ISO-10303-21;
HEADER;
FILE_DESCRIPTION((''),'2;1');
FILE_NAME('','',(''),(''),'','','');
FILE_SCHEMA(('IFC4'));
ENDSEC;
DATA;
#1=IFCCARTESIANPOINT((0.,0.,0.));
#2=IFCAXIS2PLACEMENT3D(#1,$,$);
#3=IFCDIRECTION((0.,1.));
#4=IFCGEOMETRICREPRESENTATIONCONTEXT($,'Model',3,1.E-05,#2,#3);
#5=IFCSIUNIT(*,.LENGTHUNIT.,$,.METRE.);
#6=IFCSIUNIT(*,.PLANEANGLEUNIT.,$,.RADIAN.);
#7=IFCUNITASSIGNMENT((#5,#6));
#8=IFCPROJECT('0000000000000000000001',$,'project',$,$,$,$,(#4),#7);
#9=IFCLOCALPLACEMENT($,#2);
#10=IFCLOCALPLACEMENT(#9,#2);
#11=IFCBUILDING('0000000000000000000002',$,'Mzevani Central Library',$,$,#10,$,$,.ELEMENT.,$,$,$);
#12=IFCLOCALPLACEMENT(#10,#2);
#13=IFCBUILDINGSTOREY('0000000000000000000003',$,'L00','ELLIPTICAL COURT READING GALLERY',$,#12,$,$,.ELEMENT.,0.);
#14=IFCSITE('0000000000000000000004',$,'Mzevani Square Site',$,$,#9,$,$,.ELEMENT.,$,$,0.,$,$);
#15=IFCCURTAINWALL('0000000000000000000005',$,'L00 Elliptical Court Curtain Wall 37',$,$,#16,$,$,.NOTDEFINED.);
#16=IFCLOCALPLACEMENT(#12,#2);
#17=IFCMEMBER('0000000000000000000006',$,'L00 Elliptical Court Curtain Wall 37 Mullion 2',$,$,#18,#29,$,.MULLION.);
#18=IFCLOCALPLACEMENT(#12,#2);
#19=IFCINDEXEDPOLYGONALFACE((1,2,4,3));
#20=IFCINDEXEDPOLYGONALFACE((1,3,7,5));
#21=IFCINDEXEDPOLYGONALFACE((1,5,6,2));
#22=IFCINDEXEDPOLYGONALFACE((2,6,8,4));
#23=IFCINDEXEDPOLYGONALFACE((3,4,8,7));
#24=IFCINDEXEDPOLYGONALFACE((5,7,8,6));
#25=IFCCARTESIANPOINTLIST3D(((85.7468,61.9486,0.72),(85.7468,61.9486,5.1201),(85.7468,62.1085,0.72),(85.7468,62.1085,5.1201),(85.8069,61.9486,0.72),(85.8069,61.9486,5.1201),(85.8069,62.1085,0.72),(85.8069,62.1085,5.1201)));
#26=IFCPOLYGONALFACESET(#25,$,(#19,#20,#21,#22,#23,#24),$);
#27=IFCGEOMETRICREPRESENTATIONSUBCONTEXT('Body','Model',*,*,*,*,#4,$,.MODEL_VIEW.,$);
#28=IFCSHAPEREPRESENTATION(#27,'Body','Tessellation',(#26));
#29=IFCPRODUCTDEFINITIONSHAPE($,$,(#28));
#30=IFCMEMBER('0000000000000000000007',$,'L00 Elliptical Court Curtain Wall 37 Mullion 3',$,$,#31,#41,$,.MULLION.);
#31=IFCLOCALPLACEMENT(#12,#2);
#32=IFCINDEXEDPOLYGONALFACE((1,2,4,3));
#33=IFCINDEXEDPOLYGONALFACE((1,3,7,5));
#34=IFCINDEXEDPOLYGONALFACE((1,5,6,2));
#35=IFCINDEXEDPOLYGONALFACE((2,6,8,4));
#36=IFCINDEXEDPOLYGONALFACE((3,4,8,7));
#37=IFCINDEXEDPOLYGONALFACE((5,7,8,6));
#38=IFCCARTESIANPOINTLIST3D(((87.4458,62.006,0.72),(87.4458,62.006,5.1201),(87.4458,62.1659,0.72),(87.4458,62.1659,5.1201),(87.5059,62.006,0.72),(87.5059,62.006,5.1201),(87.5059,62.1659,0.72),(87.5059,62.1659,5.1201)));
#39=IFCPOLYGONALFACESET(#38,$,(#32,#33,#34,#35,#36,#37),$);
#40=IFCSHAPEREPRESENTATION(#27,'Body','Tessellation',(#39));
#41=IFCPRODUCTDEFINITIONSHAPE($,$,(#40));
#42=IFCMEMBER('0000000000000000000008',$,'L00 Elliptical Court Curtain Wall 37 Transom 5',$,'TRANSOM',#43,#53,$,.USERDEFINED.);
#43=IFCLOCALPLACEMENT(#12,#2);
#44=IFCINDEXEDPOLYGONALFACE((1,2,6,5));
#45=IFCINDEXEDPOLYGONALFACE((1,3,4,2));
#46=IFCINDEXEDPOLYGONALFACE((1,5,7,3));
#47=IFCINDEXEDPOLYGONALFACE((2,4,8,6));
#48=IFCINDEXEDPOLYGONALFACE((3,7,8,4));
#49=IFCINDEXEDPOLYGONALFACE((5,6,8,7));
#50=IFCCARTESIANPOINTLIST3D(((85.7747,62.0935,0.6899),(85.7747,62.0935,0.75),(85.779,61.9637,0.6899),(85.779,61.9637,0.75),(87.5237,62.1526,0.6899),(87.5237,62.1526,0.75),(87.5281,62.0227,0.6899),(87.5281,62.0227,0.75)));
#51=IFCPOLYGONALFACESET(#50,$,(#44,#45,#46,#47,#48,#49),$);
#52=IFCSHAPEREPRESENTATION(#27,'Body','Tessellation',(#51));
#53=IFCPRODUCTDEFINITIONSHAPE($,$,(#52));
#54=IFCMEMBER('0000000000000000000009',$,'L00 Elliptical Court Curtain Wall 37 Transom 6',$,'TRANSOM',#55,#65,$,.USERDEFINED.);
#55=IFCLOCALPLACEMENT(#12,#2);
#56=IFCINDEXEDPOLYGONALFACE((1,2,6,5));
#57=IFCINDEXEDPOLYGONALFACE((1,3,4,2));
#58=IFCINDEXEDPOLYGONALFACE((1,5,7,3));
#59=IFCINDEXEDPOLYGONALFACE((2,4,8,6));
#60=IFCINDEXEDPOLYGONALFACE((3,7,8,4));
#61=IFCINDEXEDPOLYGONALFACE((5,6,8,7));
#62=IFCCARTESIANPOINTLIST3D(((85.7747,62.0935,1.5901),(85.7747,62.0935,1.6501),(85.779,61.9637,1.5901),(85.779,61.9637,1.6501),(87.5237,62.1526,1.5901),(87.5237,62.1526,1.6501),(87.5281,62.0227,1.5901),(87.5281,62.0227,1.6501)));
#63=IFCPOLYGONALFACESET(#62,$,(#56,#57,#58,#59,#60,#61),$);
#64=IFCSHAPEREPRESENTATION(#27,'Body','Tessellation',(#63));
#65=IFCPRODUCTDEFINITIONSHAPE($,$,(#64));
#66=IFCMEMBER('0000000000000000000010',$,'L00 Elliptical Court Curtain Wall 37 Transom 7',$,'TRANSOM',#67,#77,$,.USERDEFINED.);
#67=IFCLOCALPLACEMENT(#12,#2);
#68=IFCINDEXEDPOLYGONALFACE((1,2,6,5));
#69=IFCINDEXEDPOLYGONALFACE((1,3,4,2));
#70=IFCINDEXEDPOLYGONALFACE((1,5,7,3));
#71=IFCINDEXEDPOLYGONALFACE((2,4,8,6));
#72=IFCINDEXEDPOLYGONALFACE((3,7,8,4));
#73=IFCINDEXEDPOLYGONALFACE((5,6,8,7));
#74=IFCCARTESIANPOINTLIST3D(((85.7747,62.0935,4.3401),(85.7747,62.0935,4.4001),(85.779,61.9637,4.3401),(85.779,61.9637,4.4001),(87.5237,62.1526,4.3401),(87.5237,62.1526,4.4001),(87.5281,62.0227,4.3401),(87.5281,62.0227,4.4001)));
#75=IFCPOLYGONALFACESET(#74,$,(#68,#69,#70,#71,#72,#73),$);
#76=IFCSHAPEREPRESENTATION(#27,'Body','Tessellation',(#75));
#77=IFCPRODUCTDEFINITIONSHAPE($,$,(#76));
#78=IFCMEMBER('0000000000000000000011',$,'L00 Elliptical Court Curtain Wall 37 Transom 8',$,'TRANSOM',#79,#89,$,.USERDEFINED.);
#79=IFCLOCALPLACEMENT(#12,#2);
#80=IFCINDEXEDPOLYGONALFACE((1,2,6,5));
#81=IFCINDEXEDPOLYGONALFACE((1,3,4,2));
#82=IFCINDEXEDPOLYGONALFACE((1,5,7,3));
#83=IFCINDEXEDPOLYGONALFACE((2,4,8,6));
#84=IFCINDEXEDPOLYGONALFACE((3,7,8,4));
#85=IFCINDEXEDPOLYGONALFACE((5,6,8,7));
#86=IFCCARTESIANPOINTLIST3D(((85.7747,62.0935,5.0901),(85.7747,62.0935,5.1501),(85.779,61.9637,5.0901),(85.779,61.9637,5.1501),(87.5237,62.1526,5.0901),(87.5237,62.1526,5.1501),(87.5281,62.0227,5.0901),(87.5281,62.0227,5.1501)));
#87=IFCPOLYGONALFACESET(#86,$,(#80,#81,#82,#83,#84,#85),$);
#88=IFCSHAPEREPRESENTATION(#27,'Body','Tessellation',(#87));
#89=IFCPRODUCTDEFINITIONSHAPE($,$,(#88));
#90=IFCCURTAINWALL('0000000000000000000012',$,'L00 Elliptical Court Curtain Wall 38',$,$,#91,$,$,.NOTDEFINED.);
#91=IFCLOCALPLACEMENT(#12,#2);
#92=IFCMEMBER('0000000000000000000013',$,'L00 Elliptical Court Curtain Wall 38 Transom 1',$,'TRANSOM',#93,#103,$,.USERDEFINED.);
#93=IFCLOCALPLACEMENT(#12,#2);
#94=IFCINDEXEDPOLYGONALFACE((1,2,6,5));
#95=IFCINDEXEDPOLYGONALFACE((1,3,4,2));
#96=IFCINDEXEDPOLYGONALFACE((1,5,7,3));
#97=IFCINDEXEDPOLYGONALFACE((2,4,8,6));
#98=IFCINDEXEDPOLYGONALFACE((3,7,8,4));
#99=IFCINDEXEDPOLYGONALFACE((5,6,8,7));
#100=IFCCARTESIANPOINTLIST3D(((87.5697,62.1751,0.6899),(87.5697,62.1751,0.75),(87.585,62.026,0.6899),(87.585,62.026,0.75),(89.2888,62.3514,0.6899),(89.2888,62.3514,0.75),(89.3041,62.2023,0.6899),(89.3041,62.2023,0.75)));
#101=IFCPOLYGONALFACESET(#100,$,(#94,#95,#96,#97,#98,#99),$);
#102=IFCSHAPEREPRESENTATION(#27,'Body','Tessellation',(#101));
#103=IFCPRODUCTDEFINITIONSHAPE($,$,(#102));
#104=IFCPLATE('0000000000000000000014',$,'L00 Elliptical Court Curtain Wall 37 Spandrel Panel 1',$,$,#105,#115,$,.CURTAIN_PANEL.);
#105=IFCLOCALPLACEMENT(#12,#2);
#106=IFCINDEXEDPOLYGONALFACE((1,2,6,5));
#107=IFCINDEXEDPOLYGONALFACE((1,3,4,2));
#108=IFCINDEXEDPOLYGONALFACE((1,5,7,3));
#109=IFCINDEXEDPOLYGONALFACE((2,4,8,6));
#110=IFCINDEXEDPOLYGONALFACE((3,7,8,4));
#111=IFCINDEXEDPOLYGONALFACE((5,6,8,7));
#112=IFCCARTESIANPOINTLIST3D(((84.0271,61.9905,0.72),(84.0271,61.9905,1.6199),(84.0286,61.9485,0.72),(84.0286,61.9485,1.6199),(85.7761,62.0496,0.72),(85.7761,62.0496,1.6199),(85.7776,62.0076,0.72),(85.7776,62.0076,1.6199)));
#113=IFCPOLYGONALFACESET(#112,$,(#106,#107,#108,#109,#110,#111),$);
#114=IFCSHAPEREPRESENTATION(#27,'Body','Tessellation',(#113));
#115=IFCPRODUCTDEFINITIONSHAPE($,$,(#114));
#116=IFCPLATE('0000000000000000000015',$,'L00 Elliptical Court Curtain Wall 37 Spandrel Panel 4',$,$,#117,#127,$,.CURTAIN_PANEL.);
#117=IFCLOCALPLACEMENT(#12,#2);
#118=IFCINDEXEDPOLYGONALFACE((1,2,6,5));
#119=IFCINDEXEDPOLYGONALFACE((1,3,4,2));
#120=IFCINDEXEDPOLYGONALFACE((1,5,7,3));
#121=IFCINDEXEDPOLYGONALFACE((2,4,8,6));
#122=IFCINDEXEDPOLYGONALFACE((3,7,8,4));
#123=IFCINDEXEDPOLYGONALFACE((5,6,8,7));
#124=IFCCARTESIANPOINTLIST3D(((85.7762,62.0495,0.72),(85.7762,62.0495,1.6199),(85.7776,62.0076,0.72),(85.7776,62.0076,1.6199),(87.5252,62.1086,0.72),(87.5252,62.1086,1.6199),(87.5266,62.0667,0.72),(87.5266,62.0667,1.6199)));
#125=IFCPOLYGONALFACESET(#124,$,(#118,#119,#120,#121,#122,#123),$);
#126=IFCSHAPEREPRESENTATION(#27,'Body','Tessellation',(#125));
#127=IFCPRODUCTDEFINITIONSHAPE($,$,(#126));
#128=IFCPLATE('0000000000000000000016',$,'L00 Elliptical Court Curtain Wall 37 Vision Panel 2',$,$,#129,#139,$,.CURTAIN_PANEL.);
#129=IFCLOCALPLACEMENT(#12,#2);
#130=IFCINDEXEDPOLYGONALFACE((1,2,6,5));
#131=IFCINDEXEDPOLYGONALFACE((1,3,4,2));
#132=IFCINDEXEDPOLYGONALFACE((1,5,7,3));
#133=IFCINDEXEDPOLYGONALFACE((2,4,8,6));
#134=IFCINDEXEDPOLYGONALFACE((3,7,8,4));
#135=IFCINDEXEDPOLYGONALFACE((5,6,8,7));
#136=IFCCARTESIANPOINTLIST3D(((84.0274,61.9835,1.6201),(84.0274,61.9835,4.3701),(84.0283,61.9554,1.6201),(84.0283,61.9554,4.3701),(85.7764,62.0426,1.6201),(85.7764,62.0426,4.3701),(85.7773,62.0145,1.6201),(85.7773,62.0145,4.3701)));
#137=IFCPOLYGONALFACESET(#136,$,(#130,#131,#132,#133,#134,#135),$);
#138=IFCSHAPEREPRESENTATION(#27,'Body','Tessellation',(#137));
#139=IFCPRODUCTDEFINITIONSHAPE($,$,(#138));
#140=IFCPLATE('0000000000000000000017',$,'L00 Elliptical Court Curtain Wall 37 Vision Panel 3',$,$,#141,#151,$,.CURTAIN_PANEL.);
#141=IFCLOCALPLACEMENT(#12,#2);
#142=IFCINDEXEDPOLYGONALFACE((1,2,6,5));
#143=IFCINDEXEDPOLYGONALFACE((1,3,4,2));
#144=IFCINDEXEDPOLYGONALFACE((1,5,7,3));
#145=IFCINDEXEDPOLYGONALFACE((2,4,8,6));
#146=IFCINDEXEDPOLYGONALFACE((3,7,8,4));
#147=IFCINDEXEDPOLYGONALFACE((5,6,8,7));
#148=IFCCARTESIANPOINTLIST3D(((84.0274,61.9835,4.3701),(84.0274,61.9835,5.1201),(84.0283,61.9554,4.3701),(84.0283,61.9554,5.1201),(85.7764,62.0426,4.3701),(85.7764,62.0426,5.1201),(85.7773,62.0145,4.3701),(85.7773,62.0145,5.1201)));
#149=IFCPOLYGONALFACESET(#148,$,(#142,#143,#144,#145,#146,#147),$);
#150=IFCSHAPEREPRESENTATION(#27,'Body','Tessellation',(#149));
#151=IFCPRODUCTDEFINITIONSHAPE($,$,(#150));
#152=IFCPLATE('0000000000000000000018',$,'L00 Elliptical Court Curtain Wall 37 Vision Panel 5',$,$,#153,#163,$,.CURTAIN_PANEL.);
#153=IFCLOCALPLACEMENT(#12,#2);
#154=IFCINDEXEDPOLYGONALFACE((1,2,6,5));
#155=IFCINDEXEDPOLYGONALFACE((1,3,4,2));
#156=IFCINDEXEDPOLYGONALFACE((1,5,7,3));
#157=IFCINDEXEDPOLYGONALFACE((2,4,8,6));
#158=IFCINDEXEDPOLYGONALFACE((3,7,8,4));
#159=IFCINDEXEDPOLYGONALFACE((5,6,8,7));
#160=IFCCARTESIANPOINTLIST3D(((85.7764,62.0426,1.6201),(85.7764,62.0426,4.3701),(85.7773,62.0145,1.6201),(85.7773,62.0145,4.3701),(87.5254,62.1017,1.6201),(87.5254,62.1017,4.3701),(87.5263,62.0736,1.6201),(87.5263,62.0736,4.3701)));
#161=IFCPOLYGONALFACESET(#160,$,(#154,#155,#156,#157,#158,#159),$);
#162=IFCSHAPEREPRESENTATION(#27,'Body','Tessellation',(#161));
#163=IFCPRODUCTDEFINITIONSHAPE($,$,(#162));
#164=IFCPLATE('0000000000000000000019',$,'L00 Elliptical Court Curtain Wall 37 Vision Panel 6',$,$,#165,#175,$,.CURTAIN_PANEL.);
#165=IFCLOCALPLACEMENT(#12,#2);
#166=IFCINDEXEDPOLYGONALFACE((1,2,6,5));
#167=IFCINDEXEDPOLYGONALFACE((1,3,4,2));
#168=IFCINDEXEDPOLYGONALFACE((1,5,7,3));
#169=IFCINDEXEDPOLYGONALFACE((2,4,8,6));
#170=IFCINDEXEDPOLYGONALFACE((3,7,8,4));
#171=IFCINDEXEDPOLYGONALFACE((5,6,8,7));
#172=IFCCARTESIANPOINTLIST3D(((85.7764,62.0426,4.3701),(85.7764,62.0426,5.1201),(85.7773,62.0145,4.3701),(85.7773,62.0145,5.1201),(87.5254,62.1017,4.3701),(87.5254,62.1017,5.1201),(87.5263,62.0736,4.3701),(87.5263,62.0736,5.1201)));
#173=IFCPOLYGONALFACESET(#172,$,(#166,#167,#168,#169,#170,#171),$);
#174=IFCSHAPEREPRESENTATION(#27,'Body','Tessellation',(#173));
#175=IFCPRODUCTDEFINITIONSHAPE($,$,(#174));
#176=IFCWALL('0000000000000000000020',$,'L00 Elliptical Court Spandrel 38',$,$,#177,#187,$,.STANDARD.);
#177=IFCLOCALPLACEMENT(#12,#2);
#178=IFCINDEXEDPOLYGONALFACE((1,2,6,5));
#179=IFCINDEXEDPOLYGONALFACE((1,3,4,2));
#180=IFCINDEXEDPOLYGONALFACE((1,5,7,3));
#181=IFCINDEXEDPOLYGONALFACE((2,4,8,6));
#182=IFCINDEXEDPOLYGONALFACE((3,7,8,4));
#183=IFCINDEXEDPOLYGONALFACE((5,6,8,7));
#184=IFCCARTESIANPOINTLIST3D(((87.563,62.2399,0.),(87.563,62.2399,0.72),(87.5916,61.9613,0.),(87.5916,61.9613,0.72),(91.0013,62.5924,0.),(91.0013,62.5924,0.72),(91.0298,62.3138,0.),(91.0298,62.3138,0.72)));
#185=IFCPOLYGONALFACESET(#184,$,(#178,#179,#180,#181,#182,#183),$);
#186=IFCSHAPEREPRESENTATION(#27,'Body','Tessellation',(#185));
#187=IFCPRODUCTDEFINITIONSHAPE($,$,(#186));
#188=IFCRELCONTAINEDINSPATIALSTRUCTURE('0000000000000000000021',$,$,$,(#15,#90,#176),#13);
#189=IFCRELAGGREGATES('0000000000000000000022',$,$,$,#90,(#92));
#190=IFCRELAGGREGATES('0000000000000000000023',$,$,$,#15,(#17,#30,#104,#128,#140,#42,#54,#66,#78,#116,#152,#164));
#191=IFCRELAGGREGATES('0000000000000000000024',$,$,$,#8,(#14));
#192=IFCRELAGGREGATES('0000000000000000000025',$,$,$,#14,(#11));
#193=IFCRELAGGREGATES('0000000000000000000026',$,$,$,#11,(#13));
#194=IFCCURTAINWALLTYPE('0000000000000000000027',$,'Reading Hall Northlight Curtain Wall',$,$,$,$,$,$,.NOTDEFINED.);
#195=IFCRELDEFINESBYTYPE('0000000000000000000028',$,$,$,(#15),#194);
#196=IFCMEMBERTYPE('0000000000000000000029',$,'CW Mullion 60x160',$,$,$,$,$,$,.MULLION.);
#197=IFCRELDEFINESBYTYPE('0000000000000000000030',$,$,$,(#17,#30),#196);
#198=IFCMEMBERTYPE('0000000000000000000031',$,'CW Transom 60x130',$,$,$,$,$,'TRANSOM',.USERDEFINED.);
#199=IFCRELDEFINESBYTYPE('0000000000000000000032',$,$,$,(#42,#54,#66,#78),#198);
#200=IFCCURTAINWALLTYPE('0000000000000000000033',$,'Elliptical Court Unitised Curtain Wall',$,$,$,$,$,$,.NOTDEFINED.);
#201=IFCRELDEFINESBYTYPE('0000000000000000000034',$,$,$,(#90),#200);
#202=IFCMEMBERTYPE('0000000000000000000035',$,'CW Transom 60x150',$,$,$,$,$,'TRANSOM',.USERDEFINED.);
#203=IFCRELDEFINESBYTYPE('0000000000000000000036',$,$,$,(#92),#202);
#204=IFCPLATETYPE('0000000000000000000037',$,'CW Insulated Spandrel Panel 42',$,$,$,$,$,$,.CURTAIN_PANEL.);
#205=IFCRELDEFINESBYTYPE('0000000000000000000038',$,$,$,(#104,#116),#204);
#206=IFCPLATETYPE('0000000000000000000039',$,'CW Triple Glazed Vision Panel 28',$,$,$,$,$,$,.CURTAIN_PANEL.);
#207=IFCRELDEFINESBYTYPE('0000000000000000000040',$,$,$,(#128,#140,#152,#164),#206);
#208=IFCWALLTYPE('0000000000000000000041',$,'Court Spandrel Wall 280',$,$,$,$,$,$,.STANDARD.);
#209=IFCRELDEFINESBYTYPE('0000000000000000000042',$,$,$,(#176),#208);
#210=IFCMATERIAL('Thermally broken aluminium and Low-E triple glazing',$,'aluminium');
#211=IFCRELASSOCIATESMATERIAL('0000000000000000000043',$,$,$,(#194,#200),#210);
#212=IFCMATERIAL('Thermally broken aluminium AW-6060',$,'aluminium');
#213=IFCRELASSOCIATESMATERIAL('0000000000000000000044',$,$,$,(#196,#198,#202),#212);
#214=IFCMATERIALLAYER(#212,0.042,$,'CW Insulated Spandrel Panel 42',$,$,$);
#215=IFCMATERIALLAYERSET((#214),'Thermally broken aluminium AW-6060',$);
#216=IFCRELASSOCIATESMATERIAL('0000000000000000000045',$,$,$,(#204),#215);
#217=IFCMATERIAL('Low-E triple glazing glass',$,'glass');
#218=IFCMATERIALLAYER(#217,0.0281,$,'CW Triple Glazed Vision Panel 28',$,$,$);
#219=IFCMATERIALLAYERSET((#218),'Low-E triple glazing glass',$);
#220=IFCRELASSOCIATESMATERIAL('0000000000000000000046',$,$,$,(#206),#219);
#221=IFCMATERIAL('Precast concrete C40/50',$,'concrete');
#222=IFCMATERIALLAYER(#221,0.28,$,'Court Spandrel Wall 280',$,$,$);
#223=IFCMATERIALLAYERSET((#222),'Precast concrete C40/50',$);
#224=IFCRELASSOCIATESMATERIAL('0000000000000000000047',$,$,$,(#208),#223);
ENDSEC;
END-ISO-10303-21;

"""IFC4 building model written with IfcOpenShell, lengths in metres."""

from ifc_helpers import new_model, si_unit, direction, frame, frame_2d, origin, origin_2d, place, context, subcontext, project, spatial, rectangle, extrude, material, layer, layer_set, material_profile, profile_set, type_object, element, aggregate, save


model = new_model("IFC4")

# Units and contexts
model_context = context("Model", 3, precision=1e-05, world=origin(), true_north=direction((0.0, 1.0)))
body_context = subcontext(model_context, "Body", "Model", "MODEL_VIEW")
ifc_project = project(units=[si_unit("LENGTHUNIT", "METRE"), si_unit("PLANEANGLEUNIT", "RADIAN")], contexts=[model_context])

# Site, building, storey
site_placement = place(None, origin())
site = spatial("IfcSite", under=ifc_project, at=site_placement, Name="Mzevani Square Site", CompositionType="ELEMENT", RefElevation=0.0)
building_placement = place(site_placement, origin())
building = spatial("IfcBuilding", under=site, at=building_placement, Name="Mzevani Central Library", CompositionType="ELEMENT")
storey_placement = place(building_placement, origin())
storey = spatial("IfcBuildingStorey", under=building, at=storey_placement, Name="L00", Description="ELLIPTICAL COURT READING GALLERY", CompositionType="ELEMENT", Elevation=0.0)

# Curtain wall, members
ifc_material_1 = material(Name="Thermally broken aluminium and Low-E triple glazing", Category="aluminium")
curtain_wall_type_1 = type_object("IfcCurtainWallType", Name="Reading Hall Northlight Curtain Wall", PredefinedType="NOTDEFINED", material=ifc_material_1)
curtain_wall_1_placement = place(storey_placement, origin())
curtain_wall_1 = element("IfcCurtainWall", 1, at=curtain_wall_1_placement, inside=storey, type_object=curtain_wall_type_1, Name="L00 Elliptical Court Curtain Wall 37", PredefinedType="NOTDEFINED")
ifc_material_2 = material(Name="Thermally broken aluminium AW-6060", Category="aluminium")
ifc_material_profile_1 = material_profile(ifc_material_2, rectangle(XDim=0.0601, YDim=0.1599, at=origin_2d()), Name="ALU M60x160")
ifc_profile_set_1 = profile_set([ifc_material_profile_1], Name="Thermally broken aluminium AW-6060")
member_type_1 = type_object("IfcMemberType", Name="CW Mullion 60x160", PredefinedType="MULLION", material=ifc_profile_set_1)
member_1_placement = place(storey_placement, frame((85.7769, 62.0286, 0.72), z_axis=(0.0, 0.0, 1.0), x_axis=(1.0, 0.0, 0.0)))
member_1 = element("IfcMember", 2, at=member_1_placement, type_object=member_type_1, Name="L00 Elliptical Court Curtain Wall 37 Mullion 2", PredefinedType="MULLION", context=body_context, shape_type="SweptSolid", body=[
    extrude(rectangle(XDim=0.0601, YDim=0.1599, at=origin_2d()), origin(), (0.0, 0.0, 1.0), 4.4001),
])
member_2_placement = place(storey_placement, frame((87.4758, 62.0859, 0.72), z_axis=(0.0, 0.0, 1.0), x_axis=(1.0, 0.0, 0.0)))
member_2 = element("IfcMember", 3, at=member_2_placement, type_object=member_type_1, Name="L00 Elliptical Court Curtain Wall 37 Mullion 3", PredefinedType="MULLION", context=body_context, shape_type="SweptSolid", body=[
    extrude(rectangle(XDim=0.0601, YDim=0.1599, at=origin_2d()), origin(), (0.0, 0.0, 1.0), 4.4001),
])
ifc_material_profile_2 = material_profile(ifc_material_2, rectangle(XDim=0.1299, YDim=0.0601, at=origin_2d()), Name="ALU T60x130")
ifc_profile_set_2 = profile_set([ifc_material_profile_2], Name="Thermally broken aluminium AW-6060")
member_type_2 = type_object("IfcMemberType", Name="CW Transom 60x130", ElementType="TRANSOM", PredefinedType="USERDEFINED", material=ifc_profile_set_2)
member_3_placement = place(storey_placement, frame((85.7769, 62.0286, 0.72), z_axis=(0.99943, 0.033761, 0.0), x_axis=(-0.033761, 0.99943, 0.0)))
member_3 = element("IfcMember", 4, at=member_3_placement, type_object=member_type_2, Name="L00 Elliptical Court Curtain Wall 37 Transom 5", ObjectType="TRANSOM", PredefinedType="USERDEFINED", context=body_context, shape_type="SweptSolid", body=[
    extrude(rectangle(XDim=0.1299, YDim=0.0601, at=origin_2d()), origin(), (0.0, 0.0, 1.0), 1.75),
])
member_4_placement = place(storey_placement, frame((85.7769, 62.0286, 1.6201), z_axis=(0.99943, 0.033761, 0.0), x_axis=(-0.033761, 0.99943, 0.0)))
member_4 = element("IfcMember", 5, at=member_4_placement, type_object=member_type_2, Name="L00 Elliptical Court Curtain Wall 37 Transom 6", ObjectType="TRANSOM", PredefinedType="USERDEFINED", context=body_context, shape_type="SweptSolid", body=[
    extrude(rectangle(XDim=0.1299, YDim=0.0601, at=origin_2d()), origin(), (0.0, 0.0, 1.0), 1.75),
])
member_5_placement = place(storey_placement, frame((85.7769, 62.0286, 4.3701), z_axis=(0.99943, 0.033761, 0.0), x_axis=(-0.033761, 0.99943, 0.0)))
member_5 = element("IfcMember", 6, at=member_5_placement, type_object=member_type_2, Name="L00 Elliptical Court Curtain Wall 37 Transom 7", ObjectType="TRANSOM", PredefinedType="USERDEFINED", context=body_context, shape_type="SweptSolid", body=[
    extrude(rectangle(XDim=0.1299, YDim=0.0601, at=origin_2d()), origin(), (0.0, 0.0, 1.0), 1.75),
])
member_6_placement = place(storey_placement, frame((85.7769, 62.0286, 5.1201), z_axis=(0.99943, 0.033761, 0.0), x_axis=(-0.033761, 0.99943, 0.0)))
member_6 = element("IfcMember", 7, at=member_6_placement, type_object=member_type_2, Name="L00 Elliptical Court Curtain Wall 37 Transom 8", ObjectType="TRANSOM", PredefinedType="USERDEFINED", context=body_context, shape_type="SweptSolid", body=[
    extrude(rectangle(XDim=0.1299, YDim=0.0601, at=origin_2d()), origin(), (0.0, 0.0, 1.0), 1.75),
])

# Curtain wall, member
curtain_wall_type_2 = type_object("IfcCurtainWallType", Name="Elliptical Court Unitised Curtain Wall", PredefinedType="NOTDEFINED", material=ifc_material_1)
curtain_wall_2_placement = place(storey_placement, origin())
curtain_wall_2 = element("IfcCurtainWall", 8, at=curtain_wall_2_placement, inside=storey, type_object=curtain_wall_type_2, Name="L00 Elliptical Court Curtain Wall 38", PredefinedType="NOTDEFINED")
ifc_material_profile_3 = material_profile(ifc_material_2, rectangle(XDim=0.1499, YDim=0.0601, at=origin_2d()), Name="ALU T60x150")
ifc_profile_set_3 = profile_set([ifc_material_profile_3], Name="Thermally broken aluminium AW-6060")
member_type_3 = type_object("IfcMemberType", Name="CW Transom 60x150", ElementType="TRANSOM", PredefinedType="USERDEFINED", material=ifc_profile_set_3)
member_7_placement = place(storey_placement, frame((87.5774, 62.1006, 0.72), z_axis=(0.994784, 0.102007, 0.0), x_axis=(-0.102007, 0.994784, 0.0)))
member_7 = element("IfcMember", 9, at=member_7_placement, type_object=member_type_3, Name="L00 Elliptical Court Curtain Wall 38 Transom 1", ObjectType="TRANSOM", PredefinedType="USERDEFINED", context=body_context, shape_type="SweptSolid", body=[
    extrude(rectangle(XDim=0.1499, YDim=0.0601, at=origin_2d()), origin(), (0.0, 0.0, 1.0), 1.728),
])
aggregate(curtain_wall_2, [member_7])

# Plates
ifc_layer_1 = layer(ifc_material_2, 0.042, Name="CW Insulated Spandrel Panel 42")
ifc_layer_set_1 = layer_set([ifc_layer_1], Name="Thermally broken aluminium AW-6060")
plate_type_1 = type_object("IfcPlateType", Name="CW Insulated Spandrel Panel 42", PredefinedType="CURTAIN_PANEL", material=ifc_layer_set_1)
plate_1_placement = place(storey_placement, frame((84.9023, 61.999, 0.72), z_axis=(0.0, 0.0, 1.0), x_axis=(0.99943, 0.033771, 0.0)))
plate_1 = element("IfcPlate", 10, at=plate_1_placement, type_object=plate_type_1, Name="L00 Elliptical Court Curtain Wall 37 Spandrel Panel 1", PredefinedType="CURTAIN_PANEL", context=body_context, shape_type="SweptSolid", body=[
    extrude(rectangle(XDim=1.75, YDim=0.042, at=origin_2d()), origin(), (0.0, 0.0, 1.0), 0.8999),
])
plate_2_placement = place(storey_placement, frame((86.6514, 62.0581, 0.72), z_axis=(0.0, 0.0, 1.0), x_axis=(0.99943, 0.033771, 0.0)))
plate_2 = element("IfcPlate", 11, at=plate_2_placement, type_object=plate_type_1, Name="L00 Elliptical Court Curtain Wall 37 Spandrel Panel 4", PredefinedType="CURTAIN_PANEL", context=body_context, shape_type="SweptSolid", body=[
    extrude(rectangle(XDim=1.75, YDim=0.042, at=origin_2d()), origin(), (0.0, 0.0, 1.0), 0.8999),
])
ifc_material_3 = material(Name="Low-E triple glazing glass", Category="glass")
ifc_layer_2 = layer(ifc_material_3, 0.0281, Name="CW Triple Glazed Vision Panel 28")
ifc_layer_set_2 = layer_set([ifc_layer_2], Name="Low-E triple glazing glass")
plate_type_2 = type_object("IfcPlateType", Name="CW Triple Glazed Vision Panel 28", PredefinedType="CURTAIN_PANEL", material=ifc_layer_set_2)
plate_3_placement = place(storey_placement, frame((84.9023, 61.999, 1.6201), z_axis=(0.0, 0.0, 1.0), x_axis=(0.99943, 0.033771, 0.0)))
plate_3 = element("IfcPlate", 12, at=plate_3_placement, type_object=plate_type_2, Name="L00 Elliptical Court Curtain Wall 37 Vision Panel 2", PredefinedType="CURTAIN_PANEL", context=body_context, shape_type="SweptSolid", body=[
    extrude(rectangle(XDim=1.75, YDim=0.0281, at=origin_2d()), origin(), (0.0, 0.0, 1.0), 2.75),
])
plate_4_placement = place(storey_placement, frame((84.9023, 61.999, 4.3701), z_axis=(0.0, 0.0, 1.0), x_axis=(0.99943, 0.033771, 0.0)))
plate_4 = element("IfcPlate", 13, at=plate_4_placement, type_object=plate_type_2, Name="L00 Elliptical Court Curtain Wall 37 Vision Panel 3", PredefinedType="CURTAIN_PANEL", context=body_context, shape_type="SweptSolid", body=[
    extrude(rectangle(XDim=1.75, YDim=0.0281, at=origin_2d()), origin(), (0.0, 0.0, 1.0), 0.75),
])
plate_5_placement = place(storey_placement, frame((86.6514, 62.0581, 1.6201), z_axis=(0.0, 0.0, 1.0), x_axis=(0.99943, 0.033771, 0.0)))
plate_5 = element("IfcPlate", 14, at=plate_5_placement, type_object=plate_type_2, Name="L00 Elliptical Court Curtain Wall 37 Vision Panel 5", PredefinedType="CURTAIN_PANEL", context=body_context, shape_type="SweptSolid", body=[
    extrude(rectangle(XDim=1.75, YDim=0.0281, at=origin_2d()), origin(), (0.0, 0.0, 1.0), 2.75),
])
plate_6_placement = place(storey_placement, frame((86.6514, 62.0581, 4.3701), z_axis=(0.0, 0.0, 1.0), x_axis=(0.99943, 0.033771, 0.0)))
plate_6 = element("IfcPlate", 15, at=plate_6_placement, type_object=plate_type_2, Name="L00 Elliptical Court Curtain Wall 37 Vision Panel 6", PredefinedType="CURTAIN_PANEL", context=body_context, shape_type="SweptSolid", body=[
    extrude(rectangle(XDim=1.75, YDim=0.0281, at=origin_2d()), origin(), (0.0, 0.0, 1.0), 0.75),
])
aggregate(curtain_wall_1, [member_1, member_2, plate_1, plate_3, plate_4, member_3, member_4, member_5, member_6, plate_2, plate_5, plate_6])

# Wall
ifc_material_4 = material(Name="Precast concrete C40/50", Category="concrete")
ifc_layer_3 = layer(ifc_material_4, 0.28, Name="Court Spandrel Wall 280")
ifc_layer_set_3 = layer_set([ifc_layer_3], Name="Precast concrete C40/50")
wall_type_1 = type_object("IfcWallType", Name="Court Spandrel Wall 280", PredefinedType="STANDARD", material=ifc_layer_set_3)
wall_1_placement = place(storey_placement, frame((87.5774, 62.1006, 0.0), z_axis=(0.0, 0.0, 1.0), x_axis=(0.994784, 0.102, 0.0)))
element("IfcWall", 16, at=wall_1_placement, inside=storey, type_object=wall_type_1, Name="L00 Elliptical Court Spandrel 38", PredefinedType="STANDARD", context=body_context, shape_type="SweptSolid", body=[
    extrude(rectangle(XDim=3.4563, YDim=0.28, at=frame_2d((1.728, 0.0))), origin(), (0.0, 0.0, 1.0), 0.72),
])

save(model, "model.ifc")
